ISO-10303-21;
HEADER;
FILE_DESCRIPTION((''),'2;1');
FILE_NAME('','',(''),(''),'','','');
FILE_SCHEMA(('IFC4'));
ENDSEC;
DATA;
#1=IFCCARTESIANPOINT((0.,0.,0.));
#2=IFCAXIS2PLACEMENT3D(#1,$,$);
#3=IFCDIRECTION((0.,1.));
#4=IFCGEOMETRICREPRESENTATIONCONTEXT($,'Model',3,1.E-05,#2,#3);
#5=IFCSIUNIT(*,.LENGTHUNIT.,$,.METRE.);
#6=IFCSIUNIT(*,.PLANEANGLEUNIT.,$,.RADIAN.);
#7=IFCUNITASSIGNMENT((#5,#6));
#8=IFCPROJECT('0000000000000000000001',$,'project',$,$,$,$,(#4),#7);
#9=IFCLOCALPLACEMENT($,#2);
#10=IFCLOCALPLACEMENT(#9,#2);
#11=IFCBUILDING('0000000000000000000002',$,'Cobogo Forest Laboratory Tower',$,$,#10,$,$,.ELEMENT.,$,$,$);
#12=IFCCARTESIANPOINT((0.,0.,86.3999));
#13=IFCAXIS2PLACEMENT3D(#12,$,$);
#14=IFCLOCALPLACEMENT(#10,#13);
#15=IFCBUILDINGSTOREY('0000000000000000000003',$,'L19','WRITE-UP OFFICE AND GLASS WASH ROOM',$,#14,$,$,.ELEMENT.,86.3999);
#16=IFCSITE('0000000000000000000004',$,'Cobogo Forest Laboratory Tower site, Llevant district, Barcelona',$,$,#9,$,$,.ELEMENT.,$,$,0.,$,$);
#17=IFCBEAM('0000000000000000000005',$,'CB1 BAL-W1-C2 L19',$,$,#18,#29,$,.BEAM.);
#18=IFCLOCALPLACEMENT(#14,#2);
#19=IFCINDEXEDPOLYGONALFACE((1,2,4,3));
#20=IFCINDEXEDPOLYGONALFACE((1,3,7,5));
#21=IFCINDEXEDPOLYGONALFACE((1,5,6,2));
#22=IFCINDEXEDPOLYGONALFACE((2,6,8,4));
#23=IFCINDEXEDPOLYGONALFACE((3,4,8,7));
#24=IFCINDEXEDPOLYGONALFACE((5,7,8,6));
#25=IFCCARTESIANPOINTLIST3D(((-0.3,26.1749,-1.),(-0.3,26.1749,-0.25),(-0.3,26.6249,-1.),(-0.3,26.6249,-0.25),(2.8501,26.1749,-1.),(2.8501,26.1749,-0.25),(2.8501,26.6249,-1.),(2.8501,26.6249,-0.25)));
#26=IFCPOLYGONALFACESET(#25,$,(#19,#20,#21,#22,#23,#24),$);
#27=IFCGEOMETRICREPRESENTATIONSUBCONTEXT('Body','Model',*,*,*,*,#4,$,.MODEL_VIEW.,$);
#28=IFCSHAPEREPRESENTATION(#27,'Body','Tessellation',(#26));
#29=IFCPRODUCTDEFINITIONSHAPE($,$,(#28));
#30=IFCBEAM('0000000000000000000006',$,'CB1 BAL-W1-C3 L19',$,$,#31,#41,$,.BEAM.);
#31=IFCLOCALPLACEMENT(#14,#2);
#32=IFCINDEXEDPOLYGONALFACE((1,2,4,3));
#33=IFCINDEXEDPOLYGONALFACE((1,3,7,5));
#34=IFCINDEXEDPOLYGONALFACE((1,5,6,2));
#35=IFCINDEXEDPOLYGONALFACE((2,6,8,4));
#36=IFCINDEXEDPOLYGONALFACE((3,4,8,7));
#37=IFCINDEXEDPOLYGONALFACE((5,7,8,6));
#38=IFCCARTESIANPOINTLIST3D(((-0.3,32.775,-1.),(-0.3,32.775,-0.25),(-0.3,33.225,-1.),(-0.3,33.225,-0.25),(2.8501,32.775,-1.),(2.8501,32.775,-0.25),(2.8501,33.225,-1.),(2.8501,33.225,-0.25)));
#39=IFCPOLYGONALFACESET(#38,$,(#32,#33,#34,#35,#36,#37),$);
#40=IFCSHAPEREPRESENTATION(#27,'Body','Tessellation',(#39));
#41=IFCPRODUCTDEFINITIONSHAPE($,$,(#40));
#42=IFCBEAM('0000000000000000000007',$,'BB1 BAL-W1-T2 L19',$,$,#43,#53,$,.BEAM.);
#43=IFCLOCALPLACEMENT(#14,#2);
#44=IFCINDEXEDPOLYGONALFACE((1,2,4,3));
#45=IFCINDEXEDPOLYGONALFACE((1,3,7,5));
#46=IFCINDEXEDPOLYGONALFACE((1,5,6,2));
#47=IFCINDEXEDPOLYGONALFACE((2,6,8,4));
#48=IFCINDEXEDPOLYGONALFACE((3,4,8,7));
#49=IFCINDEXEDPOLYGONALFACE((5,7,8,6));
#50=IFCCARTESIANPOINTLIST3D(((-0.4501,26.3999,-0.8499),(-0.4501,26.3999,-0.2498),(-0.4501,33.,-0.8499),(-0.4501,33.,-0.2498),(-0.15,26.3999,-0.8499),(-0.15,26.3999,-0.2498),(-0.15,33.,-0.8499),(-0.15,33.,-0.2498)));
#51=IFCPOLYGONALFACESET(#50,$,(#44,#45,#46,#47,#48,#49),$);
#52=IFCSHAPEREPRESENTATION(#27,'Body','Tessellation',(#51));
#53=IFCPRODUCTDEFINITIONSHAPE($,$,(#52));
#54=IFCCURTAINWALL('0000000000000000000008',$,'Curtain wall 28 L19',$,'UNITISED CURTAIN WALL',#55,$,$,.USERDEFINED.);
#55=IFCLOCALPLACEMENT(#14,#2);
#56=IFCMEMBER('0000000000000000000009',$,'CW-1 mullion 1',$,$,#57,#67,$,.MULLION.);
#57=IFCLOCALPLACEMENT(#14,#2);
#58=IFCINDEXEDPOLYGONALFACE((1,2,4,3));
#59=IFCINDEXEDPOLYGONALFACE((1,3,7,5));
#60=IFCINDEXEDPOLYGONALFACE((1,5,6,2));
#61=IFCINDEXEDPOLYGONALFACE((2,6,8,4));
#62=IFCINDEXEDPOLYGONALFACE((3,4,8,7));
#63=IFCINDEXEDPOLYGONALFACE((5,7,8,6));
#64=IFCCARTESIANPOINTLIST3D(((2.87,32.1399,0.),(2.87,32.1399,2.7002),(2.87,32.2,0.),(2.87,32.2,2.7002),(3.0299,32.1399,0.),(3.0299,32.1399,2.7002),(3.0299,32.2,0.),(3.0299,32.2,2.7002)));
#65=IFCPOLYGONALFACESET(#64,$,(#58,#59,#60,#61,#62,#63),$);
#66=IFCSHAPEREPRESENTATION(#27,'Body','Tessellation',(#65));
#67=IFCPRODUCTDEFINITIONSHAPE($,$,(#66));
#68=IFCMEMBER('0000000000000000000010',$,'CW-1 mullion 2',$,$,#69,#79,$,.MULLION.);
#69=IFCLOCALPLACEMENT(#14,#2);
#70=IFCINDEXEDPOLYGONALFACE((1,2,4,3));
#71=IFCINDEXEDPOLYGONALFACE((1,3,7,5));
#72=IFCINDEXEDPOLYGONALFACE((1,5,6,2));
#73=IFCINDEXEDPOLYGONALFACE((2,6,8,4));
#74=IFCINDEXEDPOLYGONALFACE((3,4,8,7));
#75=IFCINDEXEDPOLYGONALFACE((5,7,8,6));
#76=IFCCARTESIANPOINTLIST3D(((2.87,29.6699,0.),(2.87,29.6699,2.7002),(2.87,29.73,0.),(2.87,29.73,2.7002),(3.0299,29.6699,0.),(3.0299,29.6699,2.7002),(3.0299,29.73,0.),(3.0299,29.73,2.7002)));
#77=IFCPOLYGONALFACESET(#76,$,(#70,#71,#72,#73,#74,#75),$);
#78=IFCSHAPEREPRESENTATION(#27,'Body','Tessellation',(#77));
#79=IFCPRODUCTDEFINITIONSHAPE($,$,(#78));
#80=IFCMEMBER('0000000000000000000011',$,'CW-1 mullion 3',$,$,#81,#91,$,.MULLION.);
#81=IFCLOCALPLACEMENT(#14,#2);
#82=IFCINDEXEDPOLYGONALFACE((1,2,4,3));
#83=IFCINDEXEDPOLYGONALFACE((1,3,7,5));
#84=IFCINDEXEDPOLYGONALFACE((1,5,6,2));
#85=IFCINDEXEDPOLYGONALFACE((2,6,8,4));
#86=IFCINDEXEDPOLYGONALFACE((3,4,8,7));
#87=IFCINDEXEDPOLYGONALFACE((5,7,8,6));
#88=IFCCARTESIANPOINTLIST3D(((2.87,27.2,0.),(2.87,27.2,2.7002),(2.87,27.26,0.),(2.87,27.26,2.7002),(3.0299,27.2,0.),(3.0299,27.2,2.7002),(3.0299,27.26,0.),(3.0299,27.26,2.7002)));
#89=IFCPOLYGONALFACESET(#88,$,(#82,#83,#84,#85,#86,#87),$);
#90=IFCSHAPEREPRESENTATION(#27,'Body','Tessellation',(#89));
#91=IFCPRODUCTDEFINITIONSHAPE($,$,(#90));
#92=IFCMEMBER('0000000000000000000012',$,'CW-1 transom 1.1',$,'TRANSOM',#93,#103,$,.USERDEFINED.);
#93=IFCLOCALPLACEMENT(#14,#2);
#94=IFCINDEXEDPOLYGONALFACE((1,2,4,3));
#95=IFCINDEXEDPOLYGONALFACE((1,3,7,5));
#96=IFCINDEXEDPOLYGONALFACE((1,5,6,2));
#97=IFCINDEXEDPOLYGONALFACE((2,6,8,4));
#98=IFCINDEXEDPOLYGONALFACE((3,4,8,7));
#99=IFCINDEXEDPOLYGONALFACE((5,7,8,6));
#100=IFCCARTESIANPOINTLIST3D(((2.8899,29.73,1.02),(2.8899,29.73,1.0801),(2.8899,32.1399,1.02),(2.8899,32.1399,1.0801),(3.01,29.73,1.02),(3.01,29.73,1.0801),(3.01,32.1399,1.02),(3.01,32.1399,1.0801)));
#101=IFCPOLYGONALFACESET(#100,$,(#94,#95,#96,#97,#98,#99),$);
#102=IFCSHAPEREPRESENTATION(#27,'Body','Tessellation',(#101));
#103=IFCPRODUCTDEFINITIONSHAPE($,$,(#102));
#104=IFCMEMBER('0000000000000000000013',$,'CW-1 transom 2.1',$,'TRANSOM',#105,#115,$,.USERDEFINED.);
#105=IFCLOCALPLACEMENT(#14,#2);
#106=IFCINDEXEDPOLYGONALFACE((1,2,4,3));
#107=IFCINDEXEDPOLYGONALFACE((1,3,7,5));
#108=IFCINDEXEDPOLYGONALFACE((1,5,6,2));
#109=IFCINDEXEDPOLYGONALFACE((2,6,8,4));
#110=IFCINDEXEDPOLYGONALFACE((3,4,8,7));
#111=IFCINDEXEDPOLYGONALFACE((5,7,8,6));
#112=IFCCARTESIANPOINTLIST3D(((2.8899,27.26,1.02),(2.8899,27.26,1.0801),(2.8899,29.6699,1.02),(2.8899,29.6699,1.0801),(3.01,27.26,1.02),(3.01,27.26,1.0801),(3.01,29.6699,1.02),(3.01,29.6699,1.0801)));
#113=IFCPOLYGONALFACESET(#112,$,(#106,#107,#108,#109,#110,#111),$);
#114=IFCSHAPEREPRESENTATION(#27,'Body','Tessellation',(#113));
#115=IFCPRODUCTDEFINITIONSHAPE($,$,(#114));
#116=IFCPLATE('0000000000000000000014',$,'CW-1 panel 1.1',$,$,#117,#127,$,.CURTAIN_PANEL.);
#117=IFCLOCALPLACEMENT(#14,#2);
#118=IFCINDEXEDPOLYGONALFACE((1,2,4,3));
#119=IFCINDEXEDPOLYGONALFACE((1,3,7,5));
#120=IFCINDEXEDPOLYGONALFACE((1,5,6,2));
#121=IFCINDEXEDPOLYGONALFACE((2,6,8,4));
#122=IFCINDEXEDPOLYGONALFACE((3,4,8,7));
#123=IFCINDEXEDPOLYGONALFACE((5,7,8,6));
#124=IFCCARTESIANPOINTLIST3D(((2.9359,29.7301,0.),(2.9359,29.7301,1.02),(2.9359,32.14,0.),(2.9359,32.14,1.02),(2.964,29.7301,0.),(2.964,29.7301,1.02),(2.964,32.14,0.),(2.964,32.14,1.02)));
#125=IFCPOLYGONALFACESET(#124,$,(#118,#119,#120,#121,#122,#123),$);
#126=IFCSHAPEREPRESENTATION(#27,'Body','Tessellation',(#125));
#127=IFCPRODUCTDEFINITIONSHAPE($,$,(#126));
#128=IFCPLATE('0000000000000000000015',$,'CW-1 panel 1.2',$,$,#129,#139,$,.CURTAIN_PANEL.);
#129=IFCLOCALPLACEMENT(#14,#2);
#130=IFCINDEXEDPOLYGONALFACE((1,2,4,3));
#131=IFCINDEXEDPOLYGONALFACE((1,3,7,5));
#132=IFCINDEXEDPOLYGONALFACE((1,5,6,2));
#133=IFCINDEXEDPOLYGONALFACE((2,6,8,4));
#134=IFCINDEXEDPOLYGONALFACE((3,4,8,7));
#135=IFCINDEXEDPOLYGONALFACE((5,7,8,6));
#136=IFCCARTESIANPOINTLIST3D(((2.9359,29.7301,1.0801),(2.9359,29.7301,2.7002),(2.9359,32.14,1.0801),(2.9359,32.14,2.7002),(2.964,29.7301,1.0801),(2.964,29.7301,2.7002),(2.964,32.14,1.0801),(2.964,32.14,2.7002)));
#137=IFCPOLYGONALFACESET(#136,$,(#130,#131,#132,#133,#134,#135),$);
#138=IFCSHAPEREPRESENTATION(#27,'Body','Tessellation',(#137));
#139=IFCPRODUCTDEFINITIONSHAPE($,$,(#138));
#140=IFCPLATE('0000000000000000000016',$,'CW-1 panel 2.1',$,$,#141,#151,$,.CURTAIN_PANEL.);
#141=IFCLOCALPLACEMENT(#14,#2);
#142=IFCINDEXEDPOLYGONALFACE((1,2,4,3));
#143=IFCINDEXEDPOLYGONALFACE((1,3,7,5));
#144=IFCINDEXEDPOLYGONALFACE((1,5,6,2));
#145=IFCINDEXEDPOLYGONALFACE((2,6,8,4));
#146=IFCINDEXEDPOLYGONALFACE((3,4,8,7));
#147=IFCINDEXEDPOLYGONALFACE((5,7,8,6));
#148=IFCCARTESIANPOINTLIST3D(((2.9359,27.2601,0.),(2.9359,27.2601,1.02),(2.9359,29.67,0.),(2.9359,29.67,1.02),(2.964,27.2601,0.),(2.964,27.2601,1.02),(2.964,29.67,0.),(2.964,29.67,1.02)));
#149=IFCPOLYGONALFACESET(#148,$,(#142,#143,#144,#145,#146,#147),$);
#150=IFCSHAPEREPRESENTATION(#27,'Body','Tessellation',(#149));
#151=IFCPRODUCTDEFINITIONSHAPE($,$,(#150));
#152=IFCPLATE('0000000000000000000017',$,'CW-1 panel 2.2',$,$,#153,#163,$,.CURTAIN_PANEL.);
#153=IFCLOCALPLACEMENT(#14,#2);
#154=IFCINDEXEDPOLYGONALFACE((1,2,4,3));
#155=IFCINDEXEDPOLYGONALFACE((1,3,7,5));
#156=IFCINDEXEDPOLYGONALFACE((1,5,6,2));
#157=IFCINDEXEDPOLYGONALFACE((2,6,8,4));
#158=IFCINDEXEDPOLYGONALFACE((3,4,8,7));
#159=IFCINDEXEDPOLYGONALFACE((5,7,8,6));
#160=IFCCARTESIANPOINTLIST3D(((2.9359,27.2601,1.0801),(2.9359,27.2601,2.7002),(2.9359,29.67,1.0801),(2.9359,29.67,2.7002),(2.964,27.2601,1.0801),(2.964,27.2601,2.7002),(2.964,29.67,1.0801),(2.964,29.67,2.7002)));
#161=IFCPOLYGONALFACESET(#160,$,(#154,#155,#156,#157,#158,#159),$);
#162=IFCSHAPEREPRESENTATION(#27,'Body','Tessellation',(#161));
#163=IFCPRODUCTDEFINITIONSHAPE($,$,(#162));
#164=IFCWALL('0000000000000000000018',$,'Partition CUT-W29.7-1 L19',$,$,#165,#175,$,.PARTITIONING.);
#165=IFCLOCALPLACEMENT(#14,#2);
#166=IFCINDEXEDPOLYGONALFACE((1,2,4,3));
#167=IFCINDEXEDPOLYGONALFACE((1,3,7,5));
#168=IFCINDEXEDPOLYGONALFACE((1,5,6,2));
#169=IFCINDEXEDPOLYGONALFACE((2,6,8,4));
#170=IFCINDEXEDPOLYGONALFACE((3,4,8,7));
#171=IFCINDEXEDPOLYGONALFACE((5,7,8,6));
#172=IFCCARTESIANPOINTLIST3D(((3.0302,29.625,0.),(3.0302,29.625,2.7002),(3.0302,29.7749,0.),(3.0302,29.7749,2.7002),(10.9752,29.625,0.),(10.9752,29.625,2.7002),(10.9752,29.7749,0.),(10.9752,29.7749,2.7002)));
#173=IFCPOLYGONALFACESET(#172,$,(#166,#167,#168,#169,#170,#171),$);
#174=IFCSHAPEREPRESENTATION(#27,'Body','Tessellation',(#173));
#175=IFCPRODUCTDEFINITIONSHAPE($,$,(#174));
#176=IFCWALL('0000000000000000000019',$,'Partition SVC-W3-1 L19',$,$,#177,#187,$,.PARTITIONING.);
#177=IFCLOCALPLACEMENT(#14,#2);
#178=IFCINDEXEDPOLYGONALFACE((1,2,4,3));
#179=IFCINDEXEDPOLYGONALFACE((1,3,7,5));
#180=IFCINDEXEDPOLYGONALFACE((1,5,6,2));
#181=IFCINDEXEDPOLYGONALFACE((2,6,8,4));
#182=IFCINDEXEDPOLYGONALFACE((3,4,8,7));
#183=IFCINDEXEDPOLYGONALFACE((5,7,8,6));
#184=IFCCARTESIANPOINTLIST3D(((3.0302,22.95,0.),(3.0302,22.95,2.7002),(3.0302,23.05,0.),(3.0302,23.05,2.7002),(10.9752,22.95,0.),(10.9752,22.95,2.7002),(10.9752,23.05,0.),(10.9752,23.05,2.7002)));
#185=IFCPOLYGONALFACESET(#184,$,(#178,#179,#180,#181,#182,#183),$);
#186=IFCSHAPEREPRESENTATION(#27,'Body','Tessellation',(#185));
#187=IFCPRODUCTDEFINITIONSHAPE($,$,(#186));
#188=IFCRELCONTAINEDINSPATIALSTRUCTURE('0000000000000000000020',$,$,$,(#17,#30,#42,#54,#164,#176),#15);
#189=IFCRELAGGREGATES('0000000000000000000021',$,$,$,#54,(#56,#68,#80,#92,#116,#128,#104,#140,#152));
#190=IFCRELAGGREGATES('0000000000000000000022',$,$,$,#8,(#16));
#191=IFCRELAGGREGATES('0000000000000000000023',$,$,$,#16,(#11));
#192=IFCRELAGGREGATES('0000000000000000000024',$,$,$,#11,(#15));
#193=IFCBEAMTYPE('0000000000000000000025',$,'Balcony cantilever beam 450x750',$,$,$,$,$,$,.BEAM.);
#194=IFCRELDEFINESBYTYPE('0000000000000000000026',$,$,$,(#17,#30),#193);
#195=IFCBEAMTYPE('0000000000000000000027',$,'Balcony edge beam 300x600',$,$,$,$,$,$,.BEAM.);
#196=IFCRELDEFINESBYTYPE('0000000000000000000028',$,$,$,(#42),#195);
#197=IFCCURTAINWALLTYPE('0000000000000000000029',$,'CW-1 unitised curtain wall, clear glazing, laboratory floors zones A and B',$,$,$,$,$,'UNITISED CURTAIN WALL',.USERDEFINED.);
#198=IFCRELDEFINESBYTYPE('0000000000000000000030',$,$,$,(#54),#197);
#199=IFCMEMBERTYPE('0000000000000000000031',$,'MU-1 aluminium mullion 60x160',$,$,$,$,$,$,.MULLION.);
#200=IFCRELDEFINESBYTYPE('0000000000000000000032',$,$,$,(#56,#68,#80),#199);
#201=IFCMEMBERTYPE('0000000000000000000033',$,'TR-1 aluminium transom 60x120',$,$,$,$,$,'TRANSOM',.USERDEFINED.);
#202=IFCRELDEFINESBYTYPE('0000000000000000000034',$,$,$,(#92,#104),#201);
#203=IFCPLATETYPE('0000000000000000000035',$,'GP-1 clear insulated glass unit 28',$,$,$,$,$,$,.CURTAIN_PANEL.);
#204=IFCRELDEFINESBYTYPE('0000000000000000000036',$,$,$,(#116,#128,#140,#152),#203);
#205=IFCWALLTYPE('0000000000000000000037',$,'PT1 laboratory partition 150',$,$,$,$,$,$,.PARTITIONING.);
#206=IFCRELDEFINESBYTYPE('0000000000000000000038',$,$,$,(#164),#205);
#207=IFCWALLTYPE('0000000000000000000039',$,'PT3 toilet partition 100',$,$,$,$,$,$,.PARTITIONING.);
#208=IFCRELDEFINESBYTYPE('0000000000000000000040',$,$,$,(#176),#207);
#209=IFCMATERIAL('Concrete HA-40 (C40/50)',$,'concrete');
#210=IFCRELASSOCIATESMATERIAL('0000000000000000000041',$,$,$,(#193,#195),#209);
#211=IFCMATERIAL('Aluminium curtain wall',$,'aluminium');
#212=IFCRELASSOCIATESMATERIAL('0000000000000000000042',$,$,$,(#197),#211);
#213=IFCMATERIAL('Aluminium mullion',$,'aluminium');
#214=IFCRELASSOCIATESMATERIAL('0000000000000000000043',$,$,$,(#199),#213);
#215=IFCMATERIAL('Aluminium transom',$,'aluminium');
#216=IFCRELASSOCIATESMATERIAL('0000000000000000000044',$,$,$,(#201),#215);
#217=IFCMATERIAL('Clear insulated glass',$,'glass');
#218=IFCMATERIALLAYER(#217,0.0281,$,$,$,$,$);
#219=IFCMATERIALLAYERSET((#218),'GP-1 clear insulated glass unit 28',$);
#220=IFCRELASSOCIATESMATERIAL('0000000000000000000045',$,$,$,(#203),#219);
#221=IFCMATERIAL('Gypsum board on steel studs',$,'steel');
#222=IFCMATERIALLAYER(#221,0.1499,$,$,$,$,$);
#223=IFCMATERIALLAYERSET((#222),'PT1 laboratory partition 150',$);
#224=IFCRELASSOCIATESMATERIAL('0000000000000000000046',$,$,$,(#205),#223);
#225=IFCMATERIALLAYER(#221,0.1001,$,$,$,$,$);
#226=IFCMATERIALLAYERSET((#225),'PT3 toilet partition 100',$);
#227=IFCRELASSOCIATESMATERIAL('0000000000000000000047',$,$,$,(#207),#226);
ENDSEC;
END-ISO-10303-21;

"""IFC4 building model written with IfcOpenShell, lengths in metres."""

from ifc_helpers import new_model, si_unit, direction, frame, frame_2d, origin, origin_2d, place, context, subcontext, project, spatial, rectangle, extrude, material, layer, layer_set, material_profile, profile_set, type_object, element, aggregate, save


model = new_model("IFC4")

# Units and contexts
model_context = context("Model", 3, precision=1e-05, world=origin(), true_north=direction((0.0, 1.0)))
body_context = subcontext(model_context, "Body", "Model", "MODEL_VIEW")
ifc_project = project(units=[si_unit("LENGTHUNIT", "METRE"), si_unit("PLANEANGLEUNIT", "RADIAN")], contexts=[model_context])

# Site, building, storey
site_placement = place(None, origin())
site = spatial("IfcSite", under=ifc_project, at=site_placement, Name="Cobogo Forest Laboratory Tower site, Llevant district, Barcelona", CompositionType="ELEMENT", RefElevation=0.0)
building_placement = place(site_placement, origin())
building = spatial("IfcBuilding", under=site, at=building_placement, Name="Cobogo Forest Laboratory Tower", CompositionType="ELEMENT")
storey_placement = place(building_placement, frame((0.0, 0.0, 86.3999)))
storey = spatial("IfcBuildingStorey", under=building, at=storey_placement, Name="L19", Description="WRITE-UP OFFICE AND GLASS WASH ROOM", CompositionType="ELEMENT", Elevation=86.3999)

# Beams
ifc_material_1 = material(Name="Concrete HA-40 (C40/50)", Category="concrete")
ifc_material_profile_1 = material_profile(ifc_material_1, rectangle(XDim=0.45, YDim=0.75, at=origin_2d()), Name="RC 450x750")
ifc_profile_set_1 = profile_set([ifc_material_profile_1], Name="Concrete HA-40 (C40/50)")
beam_type_1 = type_object("IfcBeamType", Name="Balcony cantilever beam 450x750", PredefinedType="BEAM", material=ifc_profile_set_1)
for number, where, z_axis, x_axis, name in (
    (1, (2.8501, 26.3999, -0.625), (-1.0, 0.0, 0.0), (0.0, -1.0, 0.0), "CB1 BAL-W1-C2 L19"),
    (2, (2.8501, 33.0, -0.625), (-1.0, 0.0, 0.0), (0.0, -1.0, 0.0), "CB1 BAL-W1-C3 L19"),
):
    element("IfcBeam", number, at=place(storey_placement, frame(where, z_axis=z_axis, x_axis=x_axis)), inside=storey, type_object=beam_type_1, Name=name, PredefinedType="BEAM", context=body_context, shape_type="SweptSolid", body=[
        extrude(rectangle(XDim=0.45, YDim=0.75, at=origin_2d()), origin(), (0.0, 0.0, 1.0), 3.1501),
    ])
ifc_material_profile_2 = material_profile(ifc_material_1, rectangle(XDim=0.3, YDim=0.6001, at=origin_2d()), Name="RC 300x600")
ifc_profile_set_2 = profile_set([ifc_material_profile_2], Name="Concrete HA-40 (C40/50)")
beam_type_2 = type_object("IfcBeamType", Name="Balcony edge beam 300x600", PredefinedType="BEAM", material=ifc_profile_set_2)
beam_placement = place(storey_placement, frame((-0.3, 26.3999, -0.5498), z_axis=(0.0, 1.0, 0.0), x_axis=(-1.0, 0.0, 0.0)))
element("IfcBeam", 3, at=beam_placement, inside=storey, type_object=beam_type_2, Name="BB1 BAL-W1-T2 L19", PredefinedType="BEAM", context=body_context, shape_type="SweptSolid", body=[
    extrude(rectangle(XDim=0.3, YDim=0.6001, at=origin_2d()), origin(), (0.0, 0.0, 1.0), 6.6001),
])

# Curtain wall, members, plates
ifc_material_2 = material(Name="Aluminium curtain wall", Category="aluminium")
curtain_wall_type = type_object("IfcCurtainWallType", Name="CW-1 unitised curtain wall, clear glazing, laboratory floors zones A and B", ElementType="UNITISED CURTAIN WALL", PredefinedType="USERDEFINED", material=ifc_material_2)
curtain_wall_placement = place(storey_placement, origin())
curtain_wall = element("IfcCurtainWall", 4, at=curtain_wall_placement, inside=storey, type_object=curtain_wall_type, Name="Curtain wall 28 L19", ObjectType="UNITISED CURTAIN WALL", PredefinedType="USERDEFINED")
ifc_material_3 = material(Name="Aluminium mullion", Category="aluminium")
ifc_material_profile_3 = material_profile(ifc_material_3, rectangle(XDim=0.0601, YDim=0.1599, at=origin_2d()), Name="AL 60x160")
ifc_profile_set_3 = profile_set([ifc_material_profile_3], Name="Aluminium mullion")
member_type_1 = type_object("IfcMemberType", Name="MU-1 aluminium mullion 60x160", PredefinedType="MULLION", material=ifc_profile_set_3)
member_1_placement = place(storey_placement, frame((2.95, 32.1699, 0.0), z_axis=(0.0, 0.0, 1.0), x_axis=(0.0, -1.0, 0.0)))
member_1 = element("IfcMember", 5, at=member_1_placement, type_object=member_type_1, Name="CW-1 mullion 1", PredefinedType="MULLION", context=body_context, shape_type="SweptSolid", body=[
    extrude(rectangle(XDim=0.0601, YDim=0.1599, at=origin_2d()), origin(), (0.0, 0.0, 1.0), 2.7002),
])
member_2_placement = place(storey_placement, frame((2.95, 29.7, 0.0), z_axis=(0.0, 0.0, 1.0), x_axis=(0.0, -1.0, 0.0)))
member_2 = element("IfcMember", 6, at=member_2_placement, type_object=member_type_1, Name="CW-1 mullion 2", PredefinedType="MULLION", context=body_context, shape_type="SweptSolid", body=[
    extrude(rectangle(XDim=0.0601, YDim=0.1599, at=origin_2d()), origin(), (0.0, 0.0, 1.0), 2.7002),
])
member_3_placement = place(storey_placement, frame((2.95, 27.23, 0.0), z_axis=(0.0, 0.0, 1.0), x_axis=(0.0, -1.0, 0.0)))
member_3 = element("IfcMember", 7, at=member_3_placement, type_object=member_type_1, Name="CW-1 mullion 3", PredefinedType="MULLION", context=body_context, shape_type="SweptSolid", body=[
    extrude(rectangle(XDim=0.0601, YDim=0.1599, at=origin_2d()), origin(), (0.0, 0.0, 1.0), 2.7002),
])
ifc_material_4 = material(Name="Aluminium transom", Category="aluminium")
ifc_material_profile_4 = material_profile(ifc_material_4, rectangle(XDim=0.1201, YDim=0.0601, at=origin_2d()), Name="AL 60x120")
ifc_profile_set_4 = profile_set([ifc_material_profile_4], Name="Aluminium transom")
member_type_2 = type_object("IfcMemberType", Name="TR-1 aluminium transom 60x120", ElementType="TRANSOM", PredefinedType="USERDEFINED", material=ifc_profile_set_4)
member_4_placement = place(storey_placement, frame((2.95, 32.1399, 1.05), z_axis=(0.0, -1.0, 0.0), x_axis=(1.0, 0.0, 0.0)))
member_4 = element("IfcMember", 8, at=member_4_placement, type_object=member_type_2, Name="CW-1 transom 1.1", ObjectType="TRANSOM", PredefinedType="USERDEFINED", context=body_context, shape_type="SweptSolid", body=[
    extrude(rectangle(XDim=0.1201, YDim=0.0601, at=origin_2d()), origin(), (0.0, 0.0, 1.0), 2.4099),
])
member_5_placement = place(storey_placement, frame((2.95, 29.6699, 1.05), z_axis=(0.0, -1.0, 0.0), x_axis=(1.0, 0.0, 0.0)))
member_5 = element("IfcMember", 9, at=member_5_placement, type_object=member_type_2, Name="CW-1 transom 2.1", ObjectType="TRANSOM", PredefinedType="USERDEFINED", context=body_context, shape_type="SweptSolid", body=[
    extrude(rectangle(XDim=0.1201, YDim=0.0601, at=origin_2d()), origin(), (0.0, 0.0, 1.0), 2.4099),
])
ifc_material_5 = material(Name="Clear insulated glass", Category="glass")
ifc_layer_1 = layer(ifc_material_5, 0.0281)
ifc_layer_set_1 = layer_set([ifc_layer_1], Name="GP-1 clear insulated glass unit 28")
plate_type = type_object("IfcPlateType", Name="GP-1 clear insulated glass unit 28", PredefinedType="CURTAIN_PANEL", material=ifc_layer_set_1)
plate_1_placement = place(storey_placement, frame((2.95, 30.9351, 0.0), z_axis=(0.0, 0.0, 1.0), x_axis=(0.0, -1.0, 0.0)))
plate_1 = element("IfcPlate", 10, at=plate_1_placement, type_object=plate_type, Name="CW-1 panel 1.1", PredefinedType="CURTAIN_PANEL", context=body_context, shape_type="SweptSolid", body=[
    extrude(rectangle(XDim=2.4099, YDim=0.0281, at=origin_2d()), origin(), (0.0, 0.0, 1.0), 1.02),
])
plate_2_placement = place(storey_placement, frame((2.95, 30.9351, 1.0801), z_axis=(0.0, 0.0, 1.0), x_axis=(0.0, -1.0, 0.0)))
plate_2 = element("IfcPlate", 11, at=plate_2_placement, type_object=plate_type, Name="CW-1 panel 1.2", PredefinedType="CURTAIN_PANEL", context=body_context, shape_type="SweptSolid", body=[
    extrude(rectangle(XDim=2.4099, YDim=0.0281, at=origin_2d()), origin(), (0.0, 0.0, 1.0), 1.6201),
])
plate_3_placement = place(storey_placement, frame((2.95, 28.4651, 0.0), z_axis=(0.0, 0.0, 1.0), x_axis=(0.0, -1.0, 0.0)))
plate_3 = element("IfcPlate", 12, at=plate_3_placement, type_object=plate_type, Name="CW-1 panel 2.1", PredefinedType="CURTAIN_PANEL", context=body_context, shape_type="SweptSolid", body=[
    extrude(rectangle(XDim=2.4099, YDim=0.0281, at=origin_2d()), origin(), (0.0, 0.0, 1.0), 1.02),
])
plate_4_placement = place(storey_placement, frame((2.95, 28.4651, 1.0801), z_axis=(0.0, 0.0, 1.0), x_axis=(0.0, -1.0, 0.0)))
plate_4 = element("IfcPlate", 13, at=plate_4_placement, type_object=plate_type, Name="CW-1 panel 2.2", PredefinedType="CURTAIN_PANEL", context=body_context, shape_type="SweptSolid", body=[
    extrude(rectangle(XDim=2.4099, YDim=0.0281, at=origin_2d()), origin(), (0.0, 0.0, 1.0), 1.6201),
])
aggregate(curtain_wall, [member_1, member_2, member_3, member_4, plate_1, plate_2, member_5, plate_3, plate_4])

# Walls
ifc_material_6 = material(Name="Gypsum board on steel studs", Category="steel")
ifc_layer_2 = layer(ifc_material_6, 0.1499)
ifc_layer_set_2 = layer_set([ifc_layer_2], Name="PT1 laboratory partition 150")
wall_type_1 = type_object("IfcWallType", Name="PT1 laboratory partition 150", PredefinedType="PARTITIONING", material=ifc_layer_set_2)
wall_1_placement = place(storey_placement, frame((3.03, 29.7, 0.0), z_axis=(0.0, 0.0, 1.0), x_axis=(1.0, 0.0, 0.0)))
element("IfcWall", 14, at=wall_1_placement, inside=storey, type_object=wall_type_1, Name="Partition CUT-W29.7-1 L19", PredefinedType="PARTITIONING", context=body_context, shape_type="SweptSolid", body=[
    extrude(rectangle(XDim=7.9451, YDim=0.1499, at=frame_2d((3.9727, 0.0))), origin(), (0.0, 0.0, 1.0), 2.7002),
])
ifc_layer_3 = layer(ifc_material_6, 0.1001)
ifc_layer_set_3 = layer_set([ifc_layer_3], Name="PT3 toilet partition 100")
wall_type_2 = type_object("IfcWallType", Name="PT3 toilet partition 100", PredefinedType="PARTITIONING", material=ifc_layer_set_3)
wall_2_placement = place(storey_placement, frame((3.03, 23.0, 0.0), z_axis=(0.0, 0.0, 1.0), x_axis=(1.0, 0.0, 0.0)))
element("IfcWall", 15, at=wall_2_placement, inside=storey, type_object=wall_type_2, Name="Partition SVC-W3-1 L19", PredefinedType="PARTITIONING", context=body_context, shape_type="SweptSolid", body=[
    extrude(rectangle(XDim=7.9451, YDim=0.1001, at=frame_2d((3.9727, 0.0))), origin(), (0.0, 0.0, 1.0), 2.7002),
])

save(model, "model.ifc")
